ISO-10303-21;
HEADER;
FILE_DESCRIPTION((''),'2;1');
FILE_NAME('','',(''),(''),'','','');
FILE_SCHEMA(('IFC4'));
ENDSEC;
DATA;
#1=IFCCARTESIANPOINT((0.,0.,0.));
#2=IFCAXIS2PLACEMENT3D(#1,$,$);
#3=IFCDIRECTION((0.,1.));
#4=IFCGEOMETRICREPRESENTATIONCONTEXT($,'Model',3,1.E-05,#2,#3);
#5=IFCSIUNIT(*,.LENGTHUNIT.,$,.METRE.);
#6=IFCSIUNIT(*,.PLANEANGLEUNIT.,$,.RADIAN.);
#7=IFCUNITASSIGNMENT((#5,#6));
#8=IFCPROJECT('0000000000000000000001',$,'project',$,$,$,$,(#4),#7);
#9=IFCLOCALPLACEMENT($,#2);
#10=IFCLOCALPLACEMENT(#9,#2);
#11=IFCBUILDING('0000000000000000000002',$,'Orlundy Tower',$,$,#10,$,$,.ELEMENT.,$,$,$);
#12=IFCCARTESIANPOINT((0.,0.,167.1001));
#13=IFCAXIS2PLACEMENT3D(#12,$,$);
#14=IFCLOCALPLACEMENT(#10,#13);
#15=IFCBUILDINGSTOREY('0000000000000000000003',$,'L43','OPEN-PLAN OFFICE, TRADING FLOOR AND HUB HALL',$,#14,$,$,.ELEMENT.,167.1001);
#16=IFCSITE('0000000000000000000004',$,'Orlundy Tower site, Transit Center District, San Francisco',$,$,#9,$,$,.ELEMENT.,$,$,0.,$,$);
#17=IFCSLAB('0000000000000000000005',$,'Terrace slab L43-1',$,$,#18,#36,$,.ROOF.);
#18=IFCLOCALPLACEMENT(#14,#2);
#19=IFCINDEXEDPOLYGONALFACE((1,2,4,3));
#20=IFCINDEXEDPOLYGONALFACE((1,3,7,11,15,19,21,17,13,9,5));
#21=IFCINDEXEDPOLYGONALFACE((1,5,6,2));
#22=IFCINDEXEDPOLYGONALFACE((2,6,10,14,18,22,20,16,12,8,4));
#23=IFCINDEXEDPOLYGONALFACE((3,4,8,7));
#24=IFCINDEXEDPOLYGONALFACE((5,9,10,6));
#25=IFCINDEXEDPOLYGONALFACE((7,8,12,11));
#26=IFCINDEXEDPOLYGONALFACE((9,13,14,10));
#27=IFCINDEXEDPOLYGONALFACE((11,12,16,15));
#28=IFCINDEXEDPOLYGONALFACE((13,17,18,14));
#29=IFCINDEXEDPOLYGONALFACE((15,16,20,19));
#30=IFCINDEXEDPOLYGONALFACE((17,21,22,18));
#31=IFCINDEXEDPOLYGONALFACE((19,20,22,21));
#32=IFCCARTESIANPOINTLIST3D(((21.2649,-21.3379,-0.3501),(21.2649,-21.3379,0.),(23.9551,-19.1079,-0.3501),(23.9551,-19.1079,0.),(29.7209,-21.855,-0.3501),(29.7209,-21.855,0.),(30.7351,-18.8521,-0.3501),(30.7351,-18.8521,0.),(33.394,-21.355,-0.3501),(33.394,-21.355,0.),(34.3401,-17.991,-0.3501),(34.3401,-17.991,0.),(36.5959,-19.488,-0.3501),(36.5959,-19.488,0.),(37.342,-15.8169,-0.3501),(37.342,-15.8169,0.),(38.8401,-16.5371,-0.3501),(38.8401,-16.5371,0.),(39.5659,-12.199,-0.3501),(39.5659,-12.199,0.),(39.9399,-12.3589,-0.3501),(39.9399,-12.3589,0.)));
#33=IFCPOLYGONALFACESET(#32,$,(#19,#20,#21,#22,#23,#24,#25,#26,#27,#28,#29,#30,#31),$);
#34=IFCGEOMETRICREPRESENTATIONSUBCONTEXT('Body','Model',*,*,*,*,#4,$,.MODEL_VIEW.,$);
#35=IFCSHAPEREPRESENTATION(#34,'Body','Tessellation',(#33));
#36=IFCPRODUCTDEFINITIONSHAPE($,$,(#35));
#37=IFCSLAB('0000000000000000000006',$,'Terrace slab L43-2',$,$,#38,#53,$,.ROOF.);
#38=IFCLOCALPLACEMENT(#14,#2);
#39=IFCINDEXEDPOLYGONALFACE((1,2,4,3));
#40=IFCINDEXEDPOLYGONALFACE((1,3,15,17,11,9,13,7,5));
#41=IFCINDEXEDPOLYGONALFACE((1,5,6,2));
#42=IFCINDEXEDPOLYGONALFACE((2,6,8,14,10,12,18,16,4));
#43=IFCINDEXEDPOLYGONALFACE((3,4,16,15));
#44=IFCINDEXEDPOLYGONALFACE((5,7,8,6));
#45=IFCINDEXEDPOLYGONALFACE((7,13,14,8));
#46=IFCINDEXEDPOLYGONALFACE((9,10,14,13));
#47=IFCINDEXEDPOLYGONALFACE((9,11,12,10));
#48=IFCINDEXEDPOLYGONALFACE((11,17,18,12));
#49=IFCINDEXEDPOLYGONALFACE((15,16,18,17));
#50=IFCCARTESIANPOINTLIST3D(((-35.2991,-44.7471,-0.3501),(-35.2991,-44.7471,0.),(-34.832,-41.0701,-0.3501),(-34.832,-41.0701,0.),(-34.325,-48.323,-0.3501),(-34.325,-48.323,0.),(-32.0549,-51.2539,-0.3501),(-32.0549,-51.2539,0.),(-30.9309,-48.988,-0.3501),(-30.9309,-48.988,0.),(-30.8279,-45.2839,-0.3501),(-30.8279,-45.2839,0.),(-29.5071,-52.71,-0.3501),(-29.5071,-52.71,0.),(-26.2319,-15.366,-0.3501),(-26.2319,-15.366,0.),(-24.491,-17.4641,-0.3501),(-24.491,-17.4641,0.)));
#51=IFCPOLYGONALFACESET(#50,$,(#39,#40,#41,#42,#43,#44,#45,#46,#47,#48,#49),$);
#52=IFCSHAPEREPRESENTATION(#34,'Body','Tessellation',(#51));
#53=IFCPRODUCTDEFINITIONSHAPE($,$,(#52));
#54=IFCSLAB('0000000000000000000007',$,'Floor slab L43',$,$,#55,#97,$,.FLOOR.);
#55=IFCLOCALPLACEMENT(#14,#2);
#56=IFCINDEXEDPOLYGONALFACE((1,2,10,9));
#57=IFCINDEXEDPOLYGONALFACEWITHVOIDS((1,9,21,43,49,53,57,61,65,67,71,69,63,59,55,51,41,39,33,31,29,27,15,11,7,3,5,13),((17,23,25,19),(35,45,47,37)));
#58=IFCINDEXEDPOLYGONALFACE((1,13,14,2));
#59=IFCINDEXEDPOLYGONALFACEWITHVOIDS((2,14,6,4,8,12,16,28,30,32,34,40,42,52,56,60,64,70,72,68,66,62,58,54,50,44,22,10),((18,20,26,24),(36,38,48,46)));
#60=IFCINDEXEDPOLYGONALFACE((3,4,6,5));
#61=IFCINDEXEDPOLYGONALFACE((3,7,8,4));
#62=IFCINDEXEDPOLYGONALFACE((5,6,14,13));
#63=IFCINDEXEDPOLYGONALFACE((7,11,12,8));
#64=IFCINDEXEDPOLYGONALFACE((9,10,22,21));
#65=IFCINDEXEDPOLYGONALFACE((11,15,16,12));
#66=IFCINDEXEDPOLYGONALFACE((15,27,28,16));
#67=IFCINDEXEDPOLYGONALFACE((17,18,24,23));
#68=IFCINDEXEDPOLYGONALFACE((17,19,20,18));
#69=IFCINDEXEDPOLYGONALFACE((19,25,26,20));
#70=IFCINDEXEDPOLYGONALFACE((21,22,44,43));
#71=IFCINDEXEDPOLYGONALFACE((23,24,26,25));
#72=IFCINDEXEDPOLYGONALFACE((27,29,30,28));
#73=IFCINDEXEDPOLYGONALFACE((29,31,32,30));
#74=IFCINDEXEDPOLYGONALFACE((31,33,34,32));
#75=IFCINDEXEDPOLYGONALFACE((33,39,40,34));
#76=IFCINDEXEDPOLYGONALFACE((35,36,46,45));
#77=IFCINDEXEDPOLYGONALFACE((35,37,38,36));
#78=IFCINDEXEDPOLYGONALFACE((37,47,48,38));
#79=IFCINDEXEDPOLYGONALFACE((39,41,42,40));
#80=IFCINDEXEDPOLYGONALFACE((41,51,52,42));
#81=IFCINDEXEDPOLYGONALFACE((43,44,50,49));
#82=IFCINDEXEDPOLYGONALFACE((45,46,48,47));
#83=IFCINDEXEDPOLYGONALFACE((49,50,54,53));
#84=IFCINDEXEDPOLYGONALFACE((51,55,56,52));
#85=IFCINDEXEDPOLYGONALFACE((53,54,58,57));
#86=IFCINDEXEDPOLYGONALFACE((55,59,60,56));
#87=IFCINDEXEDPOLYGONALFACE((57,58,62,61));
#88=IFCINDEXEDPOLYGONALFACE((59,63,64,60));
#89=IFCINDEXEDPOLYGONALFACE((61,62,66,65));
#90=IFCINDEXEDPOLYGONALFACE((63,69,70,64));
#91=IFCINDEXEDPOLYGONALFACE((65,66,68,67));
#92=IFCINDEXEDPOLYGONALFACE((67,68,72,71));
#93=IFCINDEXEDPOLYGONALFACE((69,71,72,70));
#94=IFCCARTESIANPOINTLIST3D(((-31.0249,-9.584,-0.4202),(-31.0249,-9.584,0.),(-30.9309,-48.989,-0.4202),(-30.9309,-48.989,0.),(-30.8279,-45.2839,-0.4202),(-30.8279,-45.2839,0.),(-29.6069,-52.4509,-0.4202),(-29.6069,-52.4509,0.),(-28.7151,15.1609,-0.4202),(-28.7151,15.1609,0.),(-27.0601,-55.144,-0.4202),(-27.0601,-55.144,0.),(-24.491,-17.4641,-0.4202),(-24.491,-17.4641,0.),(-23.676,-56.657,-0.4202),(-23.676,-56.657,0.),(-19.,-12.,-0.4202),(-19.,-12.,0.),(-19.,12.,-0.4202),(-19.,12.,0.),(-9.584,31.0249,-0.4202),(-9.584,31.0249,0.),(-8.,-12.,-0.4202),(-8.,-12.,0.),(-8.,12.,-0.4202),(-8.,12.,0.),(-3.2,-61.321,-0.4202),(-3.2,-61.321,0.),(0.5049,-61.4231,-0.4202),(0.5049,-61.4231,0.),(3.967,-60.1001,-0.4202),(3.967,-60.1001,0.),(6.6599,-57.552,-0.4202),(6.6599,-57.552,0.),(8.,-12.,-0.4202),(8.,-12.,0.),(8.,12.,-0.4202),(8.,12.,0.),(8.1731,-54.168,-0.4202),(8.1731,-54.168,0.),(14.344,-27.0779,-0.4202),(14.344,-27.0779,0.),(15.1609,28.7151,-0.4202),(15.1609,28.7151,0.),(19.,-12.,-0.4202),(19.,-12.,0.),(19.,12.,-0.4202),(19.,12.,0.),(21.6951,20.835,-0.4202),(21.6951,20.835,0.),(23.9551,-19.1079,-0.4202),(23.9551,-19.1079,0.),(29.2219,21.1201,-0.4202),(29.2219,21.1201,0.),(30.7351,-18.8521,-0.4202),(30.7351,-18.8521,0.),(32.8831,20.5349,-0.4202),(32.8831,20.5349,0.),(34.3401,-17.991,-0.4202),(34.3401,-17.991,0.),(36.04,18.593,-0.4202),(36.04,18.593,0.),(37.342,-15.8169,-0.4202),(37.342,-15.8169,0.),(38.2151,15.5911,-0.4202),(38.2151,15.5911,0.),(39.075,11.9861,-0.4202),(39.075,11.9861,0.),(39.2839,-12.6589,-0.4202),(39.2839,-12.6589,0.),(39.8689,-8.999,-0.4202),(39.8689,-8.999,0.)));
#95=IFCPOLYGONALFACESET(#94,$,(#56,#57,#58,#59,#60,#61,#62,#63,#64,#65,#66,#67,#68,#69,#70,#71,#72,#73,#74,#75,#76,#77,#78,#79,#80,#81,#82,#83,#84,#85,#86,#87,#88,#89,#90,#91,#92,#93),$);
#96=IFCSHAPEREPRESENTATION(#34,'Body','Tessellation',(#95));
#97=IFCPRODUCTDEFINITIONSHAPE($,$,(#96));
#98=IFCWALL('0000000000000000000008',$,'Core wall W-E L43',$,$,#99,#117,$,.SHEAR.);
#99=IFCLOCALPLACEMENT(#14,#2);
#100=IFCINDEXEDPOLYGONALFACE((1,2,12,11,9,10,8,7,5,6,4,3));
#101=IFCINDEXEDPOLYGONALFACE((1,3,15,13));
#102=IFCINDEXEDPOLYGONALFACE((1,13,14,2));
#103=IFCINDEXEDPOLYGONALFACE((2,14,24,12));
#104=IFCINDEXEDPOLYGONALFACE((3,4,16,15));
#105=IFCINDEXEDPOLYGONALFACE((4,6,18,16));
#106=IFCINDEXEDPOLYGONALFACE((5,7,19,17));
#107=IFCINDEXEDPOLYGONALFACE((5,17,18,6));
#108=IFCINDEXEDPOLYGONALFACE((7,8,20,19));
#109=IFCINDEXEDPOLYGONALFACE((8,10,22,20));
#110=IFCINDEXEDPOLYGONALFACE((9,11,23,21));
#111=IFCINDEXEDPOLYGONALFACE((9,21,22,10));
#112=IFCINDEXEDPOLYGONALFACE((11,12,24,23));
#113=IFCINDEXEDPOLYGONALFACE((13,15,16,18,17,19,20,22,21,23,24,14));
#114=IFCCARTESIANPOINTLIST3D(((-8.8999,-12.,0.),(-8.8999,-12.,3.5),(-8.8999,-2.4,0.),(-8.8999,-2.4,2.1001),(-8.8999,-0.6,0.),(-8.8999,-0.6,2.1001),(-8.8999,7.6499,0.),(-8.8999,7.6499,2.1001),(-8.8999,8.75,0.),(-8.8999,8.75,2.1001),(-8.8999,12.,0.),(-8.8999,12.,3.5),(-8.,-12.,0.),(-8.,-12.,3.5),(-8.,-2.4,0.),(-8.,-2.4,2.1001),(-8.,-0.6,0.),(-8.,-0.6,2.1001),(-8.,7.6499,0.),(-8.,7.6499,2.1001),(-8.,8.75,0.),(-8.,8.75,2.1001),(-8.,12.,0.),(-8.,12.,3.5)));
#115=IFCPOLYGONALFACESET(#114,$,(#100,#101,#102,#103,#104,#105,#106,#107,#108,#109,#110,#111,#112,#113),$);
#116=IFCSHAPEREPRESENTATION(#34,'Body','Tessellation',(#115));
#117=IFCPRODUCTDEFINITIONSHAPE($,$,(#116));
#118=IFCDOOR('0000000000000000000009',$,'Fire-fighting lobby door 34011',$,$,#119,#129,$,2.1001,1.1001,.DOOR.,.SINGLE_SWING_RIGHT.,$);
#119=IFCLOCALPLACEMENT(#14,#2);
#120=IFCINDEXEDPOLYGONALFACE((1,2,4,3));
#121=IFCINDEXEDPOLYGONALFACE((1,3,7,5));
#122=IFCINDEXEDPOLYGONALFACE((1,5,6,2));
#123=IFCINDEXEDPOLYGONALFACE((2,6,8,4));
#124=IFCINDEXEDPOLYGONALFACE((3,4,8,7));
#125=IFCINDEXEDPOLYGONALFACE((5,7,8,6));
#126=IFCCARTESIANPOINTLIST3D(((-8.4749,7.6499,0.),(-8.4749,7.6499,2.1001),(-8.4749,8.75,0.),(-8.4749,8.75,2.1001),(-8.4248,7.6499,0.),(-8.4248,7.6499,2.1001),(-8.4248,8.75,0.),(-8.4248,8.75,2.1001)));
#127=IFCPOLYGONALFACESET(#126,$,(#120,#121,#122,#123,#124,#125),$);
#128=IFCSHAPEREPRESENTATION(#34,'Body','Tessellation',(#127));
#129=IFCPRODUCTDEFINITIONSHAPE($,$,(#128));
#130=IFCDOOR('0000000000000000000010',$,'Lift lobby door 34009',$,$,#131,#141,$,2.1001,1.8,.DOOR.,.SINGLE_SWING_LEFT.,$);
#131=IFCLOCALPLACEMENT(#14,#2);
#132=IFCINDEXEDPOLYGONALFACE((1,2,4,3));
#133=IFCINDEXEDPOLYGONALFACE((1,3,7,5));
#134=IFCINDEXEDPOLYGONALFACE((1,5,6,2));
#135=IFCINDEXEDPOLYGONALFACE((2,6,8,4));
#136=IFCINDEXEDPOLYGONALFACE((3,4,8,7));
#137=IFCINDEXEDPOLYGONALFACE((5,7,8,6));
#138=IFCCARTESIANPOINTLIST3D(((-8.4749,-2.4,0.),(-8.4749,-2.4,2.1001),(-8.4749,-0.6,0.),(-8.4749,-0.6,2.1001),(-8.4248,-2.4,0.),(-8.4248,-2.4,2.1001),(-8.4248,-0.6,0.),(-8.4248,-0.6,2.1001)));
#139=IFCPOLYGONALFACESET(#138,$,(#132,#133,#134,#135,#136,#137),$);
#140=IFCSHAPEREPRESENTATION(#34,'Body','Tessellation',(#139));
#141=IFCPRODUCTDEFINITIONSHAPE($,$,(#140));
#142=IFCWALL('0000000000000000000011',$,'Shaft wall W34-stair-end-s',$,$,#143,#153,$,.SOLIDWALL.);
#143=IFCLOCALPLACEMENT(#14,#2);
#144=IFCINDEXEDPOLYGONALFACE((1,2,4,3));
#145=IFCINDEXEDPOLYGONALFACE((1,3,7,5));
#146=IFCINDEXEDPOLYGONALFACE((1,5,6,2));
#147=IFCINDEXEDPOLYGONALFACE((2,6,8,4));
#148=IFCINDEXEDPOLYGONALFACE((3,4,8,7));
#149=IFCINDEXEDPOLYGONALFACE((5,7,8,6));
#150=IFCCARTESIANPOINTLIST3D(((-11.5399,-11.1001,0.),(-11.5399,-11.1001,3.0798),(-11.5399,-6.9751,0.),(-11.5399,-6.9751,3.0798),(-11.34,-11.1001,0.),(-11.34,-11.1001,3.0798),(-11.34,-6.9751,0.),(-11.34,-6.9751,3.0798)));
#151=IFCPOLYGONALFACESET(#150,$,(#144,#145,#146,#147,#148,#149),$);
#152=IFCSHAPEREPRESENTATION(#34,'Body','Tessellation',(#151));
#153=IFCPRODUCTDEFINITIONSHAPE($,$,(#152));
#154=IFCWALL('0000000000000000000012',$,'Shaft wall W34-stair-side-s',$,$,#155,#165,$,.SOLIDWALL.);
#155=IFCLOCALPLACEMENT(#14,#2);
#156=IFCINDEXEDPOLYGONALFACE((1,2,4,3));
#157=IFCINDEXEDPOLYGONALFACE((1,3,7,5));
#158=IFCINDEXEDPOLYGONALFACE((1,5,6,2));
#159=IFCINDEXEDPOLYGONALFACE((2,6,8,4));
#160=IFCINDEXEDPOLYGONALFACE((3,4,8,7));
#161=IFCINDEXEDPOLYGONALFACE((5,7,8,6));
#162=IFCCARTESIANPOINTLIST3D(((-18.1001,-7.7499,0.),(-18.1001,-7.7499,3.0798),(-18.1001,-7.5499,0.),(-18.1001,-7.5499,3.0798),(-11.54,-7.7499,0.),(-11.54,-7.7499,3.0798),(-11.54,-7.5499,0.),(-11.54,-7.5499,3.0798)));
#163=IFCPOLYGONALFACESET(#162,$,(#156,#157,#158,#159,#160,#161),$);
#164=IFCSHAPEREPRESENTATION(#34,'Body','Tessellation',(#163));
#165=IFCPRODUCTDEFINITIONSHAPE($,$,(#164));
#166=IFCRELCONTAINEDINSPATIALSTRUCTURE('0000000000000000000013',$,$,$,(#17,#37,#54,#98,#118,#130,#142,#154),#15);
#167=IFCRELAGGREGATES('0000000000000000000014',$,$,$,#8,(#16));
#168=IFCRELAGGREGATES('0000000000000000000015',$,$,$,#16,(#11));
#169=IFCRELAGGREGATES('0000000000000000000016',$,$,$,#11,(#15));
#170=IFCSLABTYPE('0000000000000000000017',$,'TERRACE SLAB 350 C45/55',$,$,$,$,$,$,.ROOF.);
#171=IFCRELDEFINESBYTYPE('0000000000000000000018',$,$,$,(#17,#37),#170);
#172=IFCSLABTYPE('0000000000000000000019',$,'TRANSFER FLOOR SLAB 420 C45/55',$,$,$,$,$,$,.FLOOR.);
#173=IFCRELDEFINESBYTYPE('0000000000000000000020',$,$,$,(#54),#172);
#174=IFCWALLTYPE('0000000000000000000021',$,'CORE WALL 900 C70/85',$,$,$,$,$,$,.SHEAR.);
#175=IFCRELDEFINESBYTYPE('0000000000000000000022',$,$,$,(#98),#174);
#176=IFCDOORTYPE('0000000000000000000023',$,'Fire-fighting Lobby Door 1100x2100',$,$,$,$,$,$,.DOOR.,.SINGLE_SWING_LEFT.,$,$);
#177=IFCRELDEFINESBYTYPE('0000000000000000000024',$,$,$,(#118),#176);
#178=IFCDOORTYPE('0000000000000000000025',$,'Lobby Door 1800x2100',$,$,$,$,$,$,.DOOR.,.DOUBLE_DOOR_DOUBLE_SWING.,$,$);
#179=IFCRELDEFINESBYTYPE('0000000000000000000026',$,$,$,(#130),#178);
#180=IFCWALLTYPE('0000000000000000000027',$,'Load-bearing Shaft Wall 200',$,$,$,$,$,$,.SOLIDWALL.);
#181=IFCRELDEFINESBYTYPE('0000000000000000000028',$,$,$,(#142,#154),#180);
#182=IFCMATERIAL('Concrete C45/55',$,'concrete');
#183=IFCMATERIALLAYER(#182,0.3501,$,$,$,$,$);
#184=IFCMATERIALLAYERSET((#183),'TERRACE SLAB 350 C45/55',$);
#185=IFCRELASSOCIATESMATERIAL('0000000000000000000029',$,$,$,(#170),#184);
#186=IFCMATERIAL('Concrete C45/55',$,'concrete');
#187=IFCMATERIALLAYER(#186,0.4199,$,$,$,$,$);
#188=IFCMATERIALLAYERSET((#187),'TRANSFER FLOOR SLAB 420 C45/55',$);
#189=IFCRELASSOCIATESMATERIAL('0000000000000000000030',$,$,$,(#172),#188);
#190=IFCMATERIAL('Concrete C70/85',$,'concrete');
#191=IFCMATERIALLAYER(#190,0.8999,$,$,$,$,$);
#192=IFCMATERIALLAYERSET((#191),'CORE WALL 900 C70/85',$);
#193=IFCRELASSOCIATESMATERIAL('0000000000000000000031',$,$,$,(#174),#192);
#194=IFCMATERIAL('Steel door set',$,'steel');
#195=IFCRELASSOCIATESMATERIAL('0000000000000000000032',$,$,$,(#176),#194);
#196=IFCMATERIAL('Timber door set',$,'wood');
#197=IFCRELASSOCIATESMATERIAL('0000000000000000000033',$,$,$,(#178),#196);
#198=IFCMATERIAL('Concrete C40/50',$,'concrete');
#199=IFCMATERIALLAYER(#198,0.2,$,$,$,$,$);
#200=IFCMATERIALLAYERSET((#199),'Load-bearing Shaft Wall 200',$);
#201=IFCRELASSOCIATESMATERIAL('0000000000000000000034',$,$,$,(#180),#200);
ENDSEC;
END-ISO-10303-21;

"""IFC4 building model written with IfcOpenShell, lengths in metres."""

from ifc_helpers import new_model, si_unit, direction, frame, frame_2d, origin, place, context, subcontext, project, spatial, polyline, rectangle, outline, extrude, material, layer, layer_set, type_object, element, fill, save


model = new_model("IFC4")

# Units and contexts
model_context = context("Model", 3, precision=1e-05, world=origin(), true_north=direction((0.0, 1.0)))
body_context = subcontext(model_context, "Body", "Model", "MODEL_VIEW")
ifc_project = project(units=[si_unit("LENGTHUNIT", "METRE"), si_unit("PLANEANGLEUNIT", "RADIAN")], contexts=[model_context])

# Site, building, storey
site_placement = place(None, origin())
site = spatial("IfcSite", under=ifc_project, at=site_placement, Name="Orlundy Tower site, Transit Center District, San Francisco", CompositionType="ELEMENT", RefElevation=0.0)
building_placement = place(site_placement, origin())
building = spatial("IfcBuilding", under=site, at=building_placement, Name="Orlundy Tower", CompositionType="ELEMENT")
storey_placement = place(building_placement, frame((0.0, 0.0, 167.1001)))
storey = spatial("IfcBuildingStorey", under=building, at=storey_placement, Name="L43", Description="OPEN-PLAN OFFICE, TRADING FLOOR AND HUB HALL", CompositionType="ELEMENT", Elevation=167.1001)

# Slabs
ifc_material_1 = material(Name="Concrete C45/55", Category="concrete")
ifc_layer_1 = layer(ifc_material_1, 0.3501)
ifc_layer_set_1 = layer_set([ifc_layer_1], Name="TERRACE SLAB 350 C45/55")
slab_type_1 = type_object("IfcSlabType", Name="TERRACE SLAB 350 C45/55", PredefinedType="ROOF", material=ifc_layer_set_1)
slab_1_placement = place(storey_placement, frame((0.0, 0.0, -0.3501)))
element("IfcSlab", 1, at=slab_1_placement, inside=storey, type_object=slab_type_1, Name="Terrace slab L43-1", PredefinedType="ROOF", context=body_context, shape_type="SweptSolid", body=[
    extrude(outline(polyline([(21.2649, -21.3379), (23.9551, -19.1079), (30.7351, -18.8521), (34.3401, -17.991), (37.342, -15.8169), (39.5659, -12.199), (39.9399, -12.3589), (38.8401, -16.5371), (36.5959, -19.488), (33.394, -21.355), (29.7209, -21.855), (21.2649, -21.3379)])), origin(), (0.0, 0.0, 1.0), 0.3501),
])
slab_2_placement = place(storey_placement, frame((0.0, 0.0, -0.3501)))
element("IfcSlab", 2, at=slab_2_placement, inside=storey, type_object=slab_type_1, Name="Terrace slab L43-2", PredefinedType="ROOF", context=body_context, shape_type="SweptSolid", body=[
    extrude(outline(polyline([(-29.5071, -52.71), (-32.0549, -51.2539), (-34.325, -48.323), (-35.2991, -44.7471), (-34.832, -41.0701), (-26.2319, -15.366), (-24.491, -17.4641), (-30.8279, -45.2839), (-30.9309, -48.988), (-29.5071, -52.71)])), origin(), (0.0, 0.0, 1.0), 0.3501),
])
ifc_material_2 = material(Name="Concrete C45/55", Category="concrete")
ifc_layer_2 = layer(ifc_material_2, 0.4199)
ifc_layer_set_2 = layer_set([ifc_layer_2], Name="TRANSFER FLOOR SLAB 420 C45/55")
slab_type_2 = type_object("IfcSlabType", Name="TRANSFER FLOOR SLAB 420 C45/55", PredefinedType="FLOOR", material=ifc_layer_set_2)
slab_3_placement = place(storey_placement, frame((0.0, 0.0, -0.4202)))
element("IfcSlab", 3, at=slab_3_placement, inside=storey, type_object=slab_type_2, Name="Floor slab L43", PredefinedType="FLOOR", context=body_context, shape_type="SweptSolid", body=[
    extrude(outline(polyline([(-24.491, -17.4641), (-31.0249, -9.584), (-28.7151, 15.1609), (-9.584, 31.0249), (15.1609, 28.7151), (21.6951, 20.835), (29.2219, 21.1201), (32.8831, 20.5349), (36.04, 18.593), (38.2151, 15.5911), (39.075, 11.9861), (39.8689, -8.999), (39.2839, -12.6589), (37.342, -15.8169), (34.3401, -17.991), (30.7351, -18.8521), (23.9551, -19.1079), (14.344, -27.0779), (8.1731, -54.168), (6.6599, -57.552), (3.967, -60.1001), (0.5049, -61.4231), (-3.2, -61.321), (-23.676, -56.657), (-27.0601, -55.144), (-29.6069, -52.4509), (-30.9309, -48.989), (-30.8279, -45.2839), (-24.491, -17.4641)]), holes=[polyline([(-8.0, -12.0), (-8.0, 12.0), (-19.0, 12.0), (-19.0, -12.0), (-8.0, -12.0)]), polyline([(19.0, -12.0), (19.0, 12.0), (8.0, 12.0), (8.0, -12.0), (19.0, -12.0)])]), origin(), (0.0, 0.0, 1.0), 0.4202),
])

# Wall, openings, doors
ifc_material_3 = material(Name="Concrete C70/85", Category="concrete")
ifc_layer_3 = layer(ifc_material_3, 0.8999)
ifc_layer_set_3 = layer_set([ifc_layer_3], Name="CORE WALL 900 C70/85")
wall_type_1 = type_object("IfcWallType", Name="CORE WALL 900 C70/85", PredefinedType="SHEAR", material=ifc_layer_set_3)
wall_1_placement = place(storey_placement, frame((-8.45, -12.0, 0.0), z_axis=(0.0, 0.0, 1.0), x_axis=(0.0, 1.0, 0.0)))
wall_1 = element("IfcWall", 4, at=wall_1_placement, inside=storey, type_object=wall_type_1, Name="Core wall W-E L43", PredefinedType="SHEAR", context=body_context, shape_type="SweptSolid", body=[
    extrude(rectangle(XDim=24.0, YDim=0.8999, at=frame_2d((12.0, 0.0))), origin(), (0.0, 0.0, 1.0), 3.5),
])
opening_1_placement = place(wall_1_placement, frame((9.6001, 0.0, 0.0)))
opening_1 = element("IfcOpeningElement", 5, at=opening_1_placement, cuts=wall_1, PredefinedType="OPENING", context=body_context, shape_type="SweptSolid", body=[
    extrude(rectangle(XDim=1.8, YDim=2.1001, at=frame_2d((0.8999, 1.05))), frame((0.0, 0.46, 0.0), z_axis=(0.0, -1.0, 0.0), x_axis=(1.0, 0.0, 0.0)), (0.0, 0.0, 1.0), 0.9199),
])
opening_2_placement = place(wall_1_placement, frame((19.6499, 0.0, 0.0)))
opening_2 = element("IfcOpeningElement", 6, at=opening_2_placement, cuts=wall_1, PredefinedType="OPENING", context=body_context, shape_type="SweptSolid", body=[
    extrude(rectangle(XDim=1.1001, YDim=2.1001, at=frame_2d((0.55, 1.05))), frame((0.0, 0.46, 0.0), z_axis=(0.0, -1.0, 0.0), x_axis=(1.0, 0.0, 0.0)), (0.0, 0.0, 1.0), 0.9199),
])
ifc_material_4 = material(Name="Steel door set", Category="steel")
door_type_1 = type_object("IfcDoorType", Name="Fire-fighting Lobby Door 1100x2100", OperationType="SINGLE_SWING_LEFT", PredefinedType="DOOR", material=ifc_material_4)
door_1_placement = place(opening_2_placement, origin())
door_1 = element("IfcDoor", 7, at=door_1_placement, inside=storey, type_object=door_type_1, Name="Fire-fighting lobby door 34011", OperationType="SINGLE_SWING_RIGHT", OverallHeight=2.1001, OverallWidth=1.1001, PredefinedType="DOOR", context=body_context, shape_type="SweptSolid", body=[
    extrude(rectangle(XDim=1.1001, YDim=2.1001, at=frame_2d((0.55, 1.05))), frame((0.0, 0.0249, 0.0), z_axis=(0.0, -1.0, 0.0), x_axis=(1.0, 0.0, 0.0)), (0.0, 0.0, 1.0), 0.05),
])
fill(opening_2, door_1)
ifc_material_5 = material(Name="Timber door set", Category="wood")
door_type_2 = type_object("IfcDoorType", Name="Lobby Door 1800x2100", OperationType="DOUBLE_DOOR_DOUBLE_SWING", PredefinedType="DOOR", material=ifc_material_5)
door_2_placement = place(opening_1_placement, origin())
door_2 = element("IfcDoor", 8, at=door_2_placement, inside=storey, type_object=door_type_2, Name="Lift lobby door 34009", OperationType="SINGLE_SWING_LEFT", OverallHeight=2.1001, OverallWidth=1.8, PredefinedType="DOOR", context=body_context, shape_type="SweptSolid", body=[
    extrude(rectangle(XDim=1.8, YDim=2.1001, at=frame_2d((0.8999, 1.05))), frame((0.0, 0.0249, 0.0), z_axis=(0.0, -1.0, 0.0), x_axis=(1.0, 0.0, 0.0)), (0.0, 0.0, 1.0), 0.05),
])
fill(opening_1, door_2)

# Walls
ifc_material_6 = material(Name="Concrete C40/50", Category="concrete")
ifc_layer_4 = layer(ifc_material_6, 0.2)
ifc_layer_set_4 = layer_set([ifc_layer_4], Name="Load-bearing Shaft Wall 200")
wall_type_2 = type_object("IfcWallType", Name="Load-bearing Shaft Wall 200", PredefinedType="SOLIDWALL", material=ifc_layer_set_4)
wall_2_placement = place(storey_placement, frame((-11.4399, -11.1001, 0.0), z_axis=(0.0, 0.0, 1.0), x_axis=(0.0, 1.0, 0.0)))
element("IfcWall", 9, at=wall_2_placement, inside=storey, type_object=wall_type_2, Name="Shaft wall W34-stair-end-s", PredefinedType="SOLIDWALL", context=body_context, shape_type="SweptSolid", body=[
    extrude(rectangle(XDim=4.125, YDim=0.2, at=frame_2d((2.0625, 0.0))), origin(), (0.0, 0.0, 1.0), 3.0798),
])
wall_3_placement = place(storey_placement, frame((-11.54, -7.6499, 0.0), z_axis=(0.0, 0.0, 1.0), x_axis=(-1.0, 0.0, 0.0)))
element("IfcWall", 10, at=wall_3_placement, inside=storey, type_object=wall_type_2, Name="Shaft wall W34-stair-side-s", PredefinedType="SOLIDWALL", context=body_context, shape_type="SweptSolid", body=[
    extrude(rectangle(XDim=6.5601, YDim=0.2, at=frame_2d((3.28, 0.0))), origin(), (0.0, 0.0, 1.0), 3.0798),
])

save(model, "model.ifc")
